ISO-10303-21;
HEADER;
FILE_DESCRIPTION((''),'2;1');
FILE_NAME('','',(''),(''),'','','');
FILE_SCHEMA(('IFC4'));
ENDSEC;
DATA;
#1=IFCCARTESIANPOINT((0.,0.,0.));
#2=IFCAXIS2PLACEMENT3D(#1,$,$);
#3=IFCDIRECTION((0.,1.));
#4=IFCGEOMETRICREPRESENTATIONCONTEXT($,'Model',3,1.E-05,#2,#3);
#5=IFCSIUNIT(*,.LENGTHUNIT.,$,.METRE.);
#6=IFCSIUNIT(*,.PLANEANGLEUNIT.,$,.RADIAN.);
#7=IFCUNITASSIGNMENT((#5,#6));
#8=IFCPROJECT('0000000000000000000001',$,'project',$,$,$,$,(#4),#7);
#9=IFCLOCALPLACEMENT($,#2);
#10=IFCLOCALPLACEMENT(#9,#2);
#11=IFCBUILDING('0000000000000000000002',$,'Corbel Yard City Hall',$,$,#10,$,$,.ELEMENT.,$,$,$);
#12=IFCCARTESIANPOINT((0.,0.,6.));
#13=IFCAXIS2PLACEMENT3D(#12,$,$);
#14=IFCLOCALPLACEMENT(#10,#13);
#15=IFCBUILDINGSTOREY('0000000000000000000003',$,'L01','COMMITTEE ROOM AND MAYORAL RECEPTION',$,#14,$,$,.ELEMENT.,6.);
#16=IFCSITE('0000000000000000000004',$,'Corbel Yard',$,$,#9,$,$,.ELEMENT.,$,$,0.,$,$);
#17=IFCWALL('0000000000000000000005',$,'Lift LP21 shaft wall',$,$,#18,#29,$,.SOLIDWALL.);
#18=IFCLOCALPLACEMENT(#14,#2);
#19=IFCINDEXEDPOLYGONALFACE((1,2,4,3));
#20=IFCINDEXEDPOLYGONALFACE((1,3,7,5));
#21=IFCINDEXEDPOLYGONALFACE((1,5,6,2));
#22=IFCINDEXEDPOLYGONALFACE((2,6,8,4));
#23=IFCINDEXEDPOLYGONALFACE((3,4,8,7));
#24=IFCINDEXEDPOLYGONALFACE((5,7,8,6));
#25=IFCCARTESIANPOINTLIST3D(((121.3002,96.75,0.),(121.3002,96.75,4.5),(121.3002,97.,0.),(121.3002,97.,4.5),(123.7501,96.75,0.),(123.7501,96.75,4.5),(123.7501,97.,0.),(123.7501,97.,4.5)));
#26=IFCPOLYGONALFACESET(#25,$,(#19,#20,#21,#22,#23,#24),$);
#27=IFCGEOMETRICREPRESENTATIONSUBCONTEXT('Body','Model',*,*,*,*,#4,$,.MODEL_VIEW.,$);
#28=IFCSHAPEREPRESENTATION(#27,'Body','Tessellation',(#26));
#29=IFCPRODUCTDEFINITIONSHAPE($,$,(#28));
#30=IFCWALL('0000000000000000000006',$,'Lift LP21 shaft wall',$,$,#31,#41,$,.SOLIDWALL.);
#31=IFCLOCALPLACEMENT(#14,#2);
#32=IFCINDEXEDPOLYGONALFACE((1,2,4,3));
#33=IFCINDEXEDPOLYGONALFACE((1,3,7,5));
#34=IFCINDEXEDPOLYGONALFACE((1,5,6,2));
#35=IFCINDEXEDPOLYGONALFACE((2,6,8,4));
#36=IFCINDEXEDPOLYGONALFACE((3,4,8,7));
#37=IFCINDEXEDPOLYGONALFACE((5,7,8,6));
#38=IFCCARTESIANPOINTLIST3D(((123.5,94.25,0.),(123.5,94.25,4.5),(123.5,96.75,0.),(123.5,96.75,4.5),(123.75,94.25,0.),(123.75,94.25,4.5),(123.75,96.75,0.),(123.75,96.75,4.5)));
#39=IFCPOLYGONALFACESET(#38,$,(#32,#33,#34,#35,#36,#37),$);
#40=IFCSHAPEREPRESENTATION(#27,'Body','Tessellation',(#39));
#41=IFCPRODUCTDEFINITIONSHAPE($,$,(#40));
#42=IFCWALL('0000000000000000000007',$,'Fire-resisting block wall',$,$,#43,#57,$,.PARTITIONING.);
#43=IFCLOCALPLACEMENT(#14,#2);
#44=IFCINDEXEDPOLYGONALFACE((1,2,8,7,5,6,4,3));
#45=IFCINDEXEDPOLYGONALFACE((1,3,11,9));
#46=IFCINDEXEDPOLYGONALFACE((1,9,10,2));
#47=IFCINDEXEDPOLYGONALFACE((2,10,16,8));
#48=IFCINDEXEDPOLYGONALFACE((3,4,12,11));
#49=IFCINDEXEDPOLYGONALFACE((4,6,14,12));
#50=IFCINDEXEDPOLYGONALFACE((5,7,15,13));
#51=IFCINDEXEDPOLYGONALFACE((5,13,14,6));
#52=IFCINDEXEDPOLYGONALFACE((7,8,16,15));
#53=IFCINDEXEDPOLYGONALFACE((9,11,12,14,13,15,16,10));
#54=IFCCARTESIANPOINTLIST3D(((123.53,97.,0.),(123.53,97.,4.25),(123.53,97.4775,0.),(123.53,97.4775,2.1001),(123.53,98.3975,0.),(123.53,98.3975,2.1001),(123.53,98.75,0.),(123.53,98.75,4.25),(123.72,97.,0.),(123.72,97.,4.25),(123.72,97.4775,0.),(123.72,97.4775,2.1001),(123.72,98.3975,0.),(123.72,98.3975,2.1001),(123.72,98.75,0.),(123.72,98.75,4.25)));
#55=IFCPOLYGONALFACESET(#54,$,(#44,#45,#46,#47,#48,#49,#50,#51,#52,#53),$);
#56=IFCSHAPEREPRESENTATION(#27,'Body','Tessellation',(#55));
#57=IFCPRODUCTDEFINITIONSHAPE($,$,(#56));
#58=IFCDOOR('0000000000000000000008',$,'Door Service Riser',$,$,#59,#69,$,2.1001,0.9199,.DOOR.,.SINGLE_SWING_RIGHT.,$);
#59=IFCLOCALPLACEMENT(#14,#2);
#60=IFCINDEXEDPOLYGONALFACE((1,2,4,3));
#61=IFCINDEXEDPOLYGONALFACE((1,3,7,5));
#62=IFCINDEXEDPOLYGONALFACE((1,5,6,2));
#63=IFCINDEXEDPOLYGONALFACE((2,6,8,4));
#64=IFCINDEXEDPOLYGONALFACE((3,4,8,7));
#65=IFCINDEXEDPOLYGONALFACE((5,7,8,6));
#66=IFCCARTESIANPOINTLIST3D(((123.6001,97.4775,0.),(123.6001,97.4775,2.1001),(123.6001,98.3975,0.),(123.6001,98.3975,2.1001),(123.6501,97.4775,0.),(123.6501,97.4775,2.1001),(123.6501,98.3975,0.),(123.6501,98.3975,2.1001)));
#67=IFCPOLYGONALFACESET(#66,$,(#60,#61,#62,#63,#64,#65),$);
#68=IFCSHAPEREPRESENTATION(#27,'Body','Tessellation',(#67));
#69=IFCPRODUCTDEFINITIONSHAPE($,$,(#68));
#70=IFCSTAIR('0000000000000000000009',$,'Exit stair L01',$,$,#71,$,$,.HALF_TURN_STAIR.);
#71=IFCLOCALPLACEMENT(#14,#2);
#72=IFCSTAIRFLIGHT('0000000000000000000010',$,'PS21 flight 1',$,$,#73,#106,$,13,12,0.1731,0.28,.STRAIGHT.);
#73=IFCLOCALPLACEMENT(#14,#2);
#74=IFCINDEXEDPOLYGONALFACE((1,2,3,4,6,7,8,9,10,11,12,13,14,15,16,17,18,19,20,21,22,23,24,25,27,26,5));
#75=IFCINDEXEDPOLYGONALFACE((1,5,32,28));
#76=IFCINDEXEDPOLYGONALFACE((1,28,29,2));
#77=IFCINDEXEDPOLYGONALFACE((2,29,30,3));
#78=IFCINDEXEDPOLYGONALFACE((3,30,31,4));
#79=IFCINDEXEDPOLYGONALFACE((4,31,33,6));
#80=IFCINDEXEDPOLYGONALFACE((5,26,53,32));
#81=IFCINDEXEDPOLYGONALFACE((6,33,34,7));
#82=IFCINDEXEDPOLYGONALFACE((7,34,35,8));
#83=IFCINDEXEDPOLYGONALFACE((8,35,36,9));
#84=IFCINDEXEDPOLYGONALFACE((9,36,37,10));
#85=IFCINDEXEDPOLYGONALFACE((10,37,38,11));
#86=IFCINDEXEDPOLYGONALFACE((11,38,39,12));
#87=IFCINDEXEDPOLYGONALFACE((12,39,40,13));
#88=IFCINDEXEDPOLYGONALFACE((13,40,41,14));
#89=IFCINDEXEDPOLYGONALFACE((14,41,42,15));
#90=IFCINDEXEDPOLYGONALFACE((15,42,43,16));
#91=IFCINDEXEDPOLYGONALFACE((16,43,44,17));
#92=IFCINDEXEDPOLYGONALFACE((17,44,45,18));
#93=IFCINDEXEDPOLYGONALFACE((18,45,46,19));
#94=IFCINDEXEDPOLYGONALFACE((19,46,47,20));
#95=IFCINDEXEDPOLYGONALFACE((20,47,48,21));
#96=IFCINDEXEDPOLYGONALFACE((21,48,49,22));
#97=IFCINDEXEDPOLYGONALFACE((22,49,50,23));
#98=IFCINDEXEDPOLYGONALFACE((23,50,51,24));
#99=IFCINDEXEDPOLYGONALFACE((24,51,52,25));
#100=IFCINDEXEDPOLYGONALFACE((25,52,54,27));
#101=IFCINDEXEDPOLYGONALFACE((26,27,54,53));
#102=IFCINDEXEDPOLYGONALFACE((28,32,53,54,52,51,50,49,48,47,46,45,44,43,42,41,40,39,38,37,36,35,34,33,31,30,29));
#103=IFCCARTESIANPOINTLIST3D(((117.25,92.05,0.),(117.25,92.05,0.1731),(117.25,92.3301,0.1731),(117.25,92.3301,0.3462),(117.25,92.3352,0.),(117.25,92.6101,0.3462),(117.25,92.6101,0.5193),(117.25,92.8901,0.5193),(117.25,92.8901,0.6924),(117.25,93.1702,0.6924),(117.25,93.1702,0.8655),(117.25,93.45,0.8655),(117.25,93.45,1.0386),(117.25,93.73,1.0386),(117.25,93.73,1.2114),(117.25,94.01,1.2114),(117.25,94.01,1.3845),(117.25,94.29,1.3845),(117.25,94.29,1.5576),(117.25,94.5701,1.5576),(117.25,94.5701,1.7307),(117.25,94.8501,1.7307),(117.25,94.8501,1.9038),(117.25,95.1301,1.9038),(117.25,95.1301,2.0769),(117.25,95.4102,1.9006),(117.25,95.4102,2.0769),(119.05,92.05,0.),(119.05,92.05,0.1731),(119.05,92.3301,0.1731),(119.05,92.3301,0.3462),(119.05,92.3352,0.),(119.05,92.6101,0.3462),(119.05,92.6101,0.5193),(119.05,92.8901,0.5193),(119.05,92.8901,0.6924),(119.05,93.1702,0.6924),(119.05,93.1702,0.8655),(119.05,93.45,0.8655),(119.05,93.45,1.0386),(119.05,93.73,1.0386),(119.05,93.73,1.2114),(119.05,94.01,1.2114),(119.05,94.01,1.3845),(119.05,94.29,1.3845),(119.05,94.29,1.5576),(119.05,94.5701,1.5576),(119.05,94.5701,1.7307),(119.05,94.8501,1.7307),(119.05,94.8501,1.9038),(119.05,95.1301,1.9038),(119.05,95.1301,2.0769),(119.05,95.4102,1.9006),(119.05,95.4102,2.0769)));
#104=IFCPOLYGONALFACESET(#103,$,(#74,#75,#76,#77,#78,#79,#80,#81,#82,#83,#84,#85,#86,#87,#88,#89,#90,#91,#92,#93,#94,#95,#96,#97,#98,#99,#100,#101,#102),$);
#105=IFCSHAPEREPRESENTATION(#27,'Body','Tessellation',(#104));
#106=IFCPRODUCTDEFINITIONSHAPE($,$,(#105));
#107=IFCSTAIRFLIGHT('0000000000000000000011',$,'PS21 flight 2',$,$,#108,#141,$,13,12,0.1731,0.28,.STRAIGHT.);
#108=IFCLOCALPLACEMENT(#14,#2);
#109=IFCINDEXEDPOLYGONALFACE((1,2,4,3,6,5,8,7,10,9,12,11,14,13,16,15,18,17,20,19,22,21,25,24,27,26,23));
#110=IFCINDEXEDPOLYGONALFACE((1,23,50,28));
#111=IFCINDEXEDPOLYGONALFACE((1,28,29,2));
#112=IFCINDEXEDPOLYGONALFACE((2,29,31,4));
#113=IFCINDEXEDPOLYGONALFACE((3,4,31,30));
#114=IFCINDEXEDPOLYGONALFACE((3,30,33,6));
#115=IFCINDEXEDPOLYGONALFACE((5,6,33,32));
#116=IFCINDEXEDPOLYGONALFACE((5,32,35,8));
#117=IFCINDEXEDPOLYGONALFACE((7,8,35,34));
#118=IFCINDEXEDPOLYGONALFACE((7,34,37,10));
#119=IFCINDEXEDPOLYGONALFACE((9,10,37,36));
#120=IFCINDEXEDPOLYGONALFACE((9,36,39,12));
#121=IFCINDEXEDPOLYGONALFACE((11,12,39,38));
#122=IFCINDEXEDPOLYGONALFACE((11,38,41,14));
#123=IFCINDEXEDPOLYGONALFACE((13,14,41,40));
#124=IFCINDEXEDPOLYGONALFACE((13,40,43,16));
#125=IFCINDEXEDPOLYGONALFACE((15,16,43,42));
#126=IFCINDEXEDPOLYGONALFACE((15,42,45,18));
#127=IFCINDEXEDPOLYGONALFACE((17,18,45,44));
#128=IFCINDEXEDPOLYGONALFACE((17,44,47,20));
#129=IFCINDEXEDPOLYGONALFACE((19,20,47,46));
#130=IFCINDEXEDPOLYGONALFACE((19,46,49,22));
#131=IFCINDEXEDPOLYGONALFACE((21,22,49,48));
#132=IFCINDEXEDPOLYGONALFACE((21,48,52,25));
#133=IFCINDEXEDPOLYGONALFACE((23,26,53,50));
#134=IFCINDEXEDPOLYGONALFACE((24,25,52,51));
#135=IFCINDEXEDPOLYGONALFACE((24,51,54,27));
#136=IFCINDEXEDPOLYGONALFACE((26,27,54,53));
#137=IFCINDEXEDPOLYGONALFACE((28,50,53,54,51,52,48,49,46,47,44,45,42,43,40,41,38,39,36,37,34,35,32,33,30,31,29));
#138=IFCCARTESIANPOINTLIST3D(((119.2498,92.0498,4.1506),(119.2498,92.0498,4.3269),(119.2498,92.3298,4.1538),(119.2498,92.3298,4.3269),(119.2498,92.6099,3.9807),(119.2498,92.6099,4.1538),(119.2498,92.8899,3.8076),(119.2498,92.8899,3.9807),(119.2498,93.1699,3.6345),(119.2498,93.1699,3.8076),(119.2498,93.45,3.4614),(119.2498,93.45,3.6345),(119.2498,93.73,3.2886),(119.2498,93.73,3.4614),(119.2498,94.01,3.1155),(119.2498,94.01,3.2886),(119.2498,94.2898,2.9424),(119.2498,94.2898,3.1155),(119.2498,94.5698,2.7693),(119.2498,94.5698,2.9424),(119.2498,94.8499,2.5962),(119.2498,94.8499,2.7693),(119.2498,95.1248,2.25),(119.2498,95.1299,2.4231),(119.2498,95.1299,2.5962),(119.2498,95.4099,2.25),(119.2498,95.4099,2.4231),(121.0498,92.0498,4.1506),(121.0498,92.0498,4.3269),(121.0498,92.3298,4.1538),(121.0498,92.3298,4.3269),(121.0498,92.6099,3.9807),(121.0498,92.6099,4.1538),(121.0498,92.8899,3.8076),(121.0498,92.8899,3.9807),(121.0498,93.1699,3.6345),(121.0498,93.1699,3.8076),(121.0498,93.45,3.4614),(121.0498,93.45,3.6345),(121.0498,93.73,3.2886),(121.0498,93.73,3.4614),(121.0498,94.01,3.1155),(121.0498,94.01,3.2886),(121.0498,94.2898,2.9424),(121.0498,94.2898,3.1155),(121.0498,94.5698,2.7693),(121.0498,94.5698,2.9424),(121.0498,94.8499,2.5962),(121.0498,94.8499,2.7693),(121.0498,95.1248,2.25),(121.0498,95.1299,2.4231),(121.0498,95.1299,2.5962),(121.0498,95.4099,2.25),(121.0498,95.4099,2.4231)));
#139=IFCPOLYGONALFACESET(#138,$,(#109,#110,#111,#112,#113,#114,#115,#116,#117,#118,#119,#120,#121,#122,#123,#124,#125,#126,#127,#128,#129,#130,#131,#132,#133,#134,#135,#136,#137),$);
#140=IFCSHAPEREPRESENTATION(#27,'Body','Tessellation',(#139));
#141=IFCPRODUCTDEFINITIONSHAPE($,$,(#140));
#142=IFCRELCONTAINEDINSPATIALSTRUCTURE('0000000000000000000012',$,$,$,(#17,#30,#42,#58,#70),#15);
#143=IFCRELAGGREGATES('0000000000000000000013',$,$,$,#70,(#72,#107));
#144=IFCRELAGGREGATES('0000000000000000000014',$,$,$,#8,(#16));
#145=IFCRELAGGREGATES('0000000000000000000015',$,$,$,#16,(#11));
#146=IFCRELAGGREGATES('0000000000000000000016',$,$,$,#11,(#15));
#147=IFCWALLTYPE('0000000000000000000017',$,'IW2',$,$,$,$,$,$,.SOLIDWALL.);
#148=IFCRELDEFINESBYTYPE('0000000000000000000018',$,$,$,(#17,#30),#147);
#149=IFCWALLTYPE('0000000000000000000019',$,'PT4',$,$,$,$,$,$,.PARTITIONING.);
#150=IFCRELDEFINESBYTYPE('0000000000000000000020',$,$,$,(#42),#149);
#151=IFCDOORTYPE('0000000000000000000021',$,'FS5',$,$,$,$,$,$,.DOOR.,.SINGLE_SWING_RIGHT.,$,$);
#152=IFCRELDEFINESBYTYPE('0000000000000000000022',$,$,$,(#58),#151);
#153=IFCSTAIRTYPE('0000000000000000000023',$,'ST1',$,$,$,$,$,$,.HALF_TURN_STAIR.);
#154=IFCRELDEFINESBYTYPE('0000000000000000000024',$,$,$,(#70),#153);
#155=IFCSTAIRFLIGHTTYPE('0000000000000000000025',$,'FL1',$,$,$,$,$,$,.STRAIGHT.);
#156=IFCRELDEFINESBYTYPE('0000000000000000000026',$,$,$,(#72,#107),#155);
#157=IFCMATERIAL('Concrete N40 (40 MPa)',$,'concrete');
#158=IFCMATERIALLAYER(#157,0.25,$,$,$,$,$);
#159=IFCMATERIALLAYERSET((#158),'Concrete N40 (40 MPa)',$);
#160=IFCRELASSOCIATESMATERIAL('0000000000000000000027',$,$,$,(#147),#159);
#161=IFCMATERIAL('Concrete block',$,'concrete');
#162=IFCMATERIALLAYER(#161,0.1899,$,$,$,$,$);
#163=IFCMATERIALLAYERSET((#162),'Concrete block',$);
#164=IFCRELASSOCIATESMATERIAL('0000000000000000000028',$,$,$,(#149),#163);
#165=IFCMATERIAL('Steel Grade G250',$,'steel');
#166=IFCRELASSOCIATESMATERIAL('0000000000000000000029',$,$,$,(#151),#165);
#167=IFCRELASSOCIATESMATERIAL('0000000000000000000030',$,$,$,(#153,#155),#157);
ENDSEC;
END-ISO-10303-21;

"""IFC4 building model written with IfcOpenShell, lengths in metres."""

from ifc_helpers import new_model, si_unit, direction, frame, frame_2d, origin, place, context, subcontext, project, spatial, polyline, rectangle, outline, extrude, material, layer, layer_set, type_object, element, fill, aggregate, save


model = new_model("IFC4")

# Units and contexts
model_context = context("Model", 3, precision=1e-05, world=origin(), true_north=direction((0.0, 1.0)))
body_context = subcontext(model_context, "Body", "Model", "MODEL_VIEW")
ifc_project = project(units=[si_unit("LENGTHUNIT", "METRE"), si_unit("PLANEANGLEUNIT", "RADIAN")], contexts=[model_context])

# Site, building, storey
site_placement = place(None, origin())
site = spatial("IfcSite", under=ifc_project, at=site_placement, Name="Corbel Yard", CompositionType="ELEMENT", RefElevation=0.0)
building_placement = place(site_placement, origin())
building = spatial("IfcBuilding", under=site, at=building_placement, Name="Corbel Yard City Hall", CompositionType="ELEMENT")
storey_placement = place(building_placement, frame((0.0, 0.0, 6.0)))
storey = spatial("IfcBuildingStorey", under=building, at=storey_placement, Name="L01", Description="COMMITTEE ROOM AND MAYORAL RECEPTION", CompositionType="ELEMENT", Elevation=6.0)

# Shared definitions
ifc_material_1 = material(Name="Steel Grade G250", Category="steel")
ifc_material_2 = material(Name="Concrete N40 (40 MPa)", Category="concrete")
ifc_layer_1 = layer(ifc_material_2, 0.25)
ifc_layer_set_1 = layer_set([ifc_layer_1], Name="Concrete N40 (40 MPa)")
wall_type_1 = type_object("IfcWallType", Name="IW2", PredefinedType="SOLIDWALL", material=ifc_layer_set_1)

# Walls
wall_1_placement = place(storey_placement, frame((121.3, 96.875, 0.0), z_axis=(0.0, 0.0, 1.0), x_axis=(1.0, 0.0, 0.0)))
element("IfcWall", 1, at=wall_1_placement, inside=storey, type_object=wall_type_1, Name="Lift LP21 shaft wall", PredefinedType="SOLIDWALL", context=body_context, shape_type="SweptSolid", body=[
    extrude(rectangle(XDim=2.45, YDim=0.25, at=frame_2d((1.2251, 0.0))), origin(), (0.0, 0.0, 1.0), 4.5),
])
wall_2_placement = place(storey_placement, frame((123.625, 94.25, 0.0), z_axis=(0.0, 0.0, 1.0), x_axis=(0.0, 1.0, 0.0)))
element("IfcWall", 2, at=wall_2_placement, inside=storey, type_object=wall_type_1, Name="Lift LP21 shaft wall", PredefinedType="SOLIDWALL", context=body_context, shape_type="SweptSolid", body=[
    extrude(rectangle(XDim=2.5, YDim=0.25, at=frame_2d((1.25, 0.0))), origin(), (0.0, 0.0, 1.0), 4.5),
])

# Wall, opening, door
ifc_material_3 = material(Name="Concrete block", Category="concrete")
ifc_layer_2 = layer(ifc_material_3, 0.1899)
ifc_layer_set_2 = layer_set([ifc_layer_2], Name="Concrete block")
wall_type_2 = type_object("IfcWallType", Name="PT4", PredefinedType="PARTITIONING", material=ifc_layer_set_2)
wall_3_placement = place(storey_placement, frame((123.625, 97.0, 0.0), z_axis=(0.0, 0.0, 1.0), x_axis=(0.0, 1.0, 0.0)))
wall_3 = element("IfcWall", 3, at=wall_3_placement, inside=storey, type_object=wall_type_2, Name="Fire-resisting block wall", PredefinedType="PARTITIONING", context=body_context, shape_type="SweptSolid", body=[
    extrude(rectangle(XDim=1.75, YDim=0.1899, at=frame_2d((0.875, 0.0))), origin(), (0.0, 0.0, 1.0), 4.25),
])
opening_1_placement = place(wall_3_placement, frame((0.4775, 0.0, 0.0)))
opening_1 = element("IfcOpeningElement", 4, at=opening_1_placement, cuts=wall_3, PredefinedType="OPENING", context=body_context, shape_type="SweptSolid", body=[
    extrude(rectangle(XDim=0.9199, YDim=2.1001, at=frame_2d((0.46, 1.05))), frame((0.0, 0.105, 0.0), z_axis=(0.0, -1.0, 0.0), x_axis=(1.0, 0.0, 0.0)), (0.0, 0.0, 1.0), 0.21),
])
door_type_1 = type_object("IfcDoorType", Name="FS5", OperationType="SINGLE_SWING_RIGHT", PredefinedType="DOOR", material=ifc_material_1)
door_1_placement = place(opening_1_placement, origin())
door_1 = element("IfcDoor", 5, at=door_1_placement, inside=storey, type_object=door_type_1, Name="Door Service Riser", OperationType="SINGLE_SWING_RIGHT", OverallHeight=2.1001, OverallWidth=0.9199, PredefinedType="DOOR", context=body_context, shape_type="SweptSolid", body=[
    extrude(rectangle(XDim=0.9199, YDim=2.1001, at=frame_2d((0.46, 1.05))), frame((0.0, 0.0249, 0.0), z_axis=(0.0, -1.0, 0.0), x_axis=(1.0, 0.0, 0.0)), (0.0, 0.0, 1.0), 0.05),
])
fill(opening_1, door_1)

# Stair, stair flights
stair_type = type_object("IfcStairType", Name="ST1", PredefinedType="HALF_TURN_STAIR", material=ifc_material_2)
stair_placement = place(storey_placement, origin())
stair = element("IfcStair", 6, at=stair_placement, inside=storey, type_object=stair_type, Name="Exit stair L01", PredefinedType="HALF_TURN_STAIR")
stair_flight_type = type_object("IfcStairFlightType", Name="FL1", PredefinedType="STRAIGHT", material=ifc_material_2)
stair_flight_1_placement = place(storey_placement, frame((118.1499, 92.05, 0.0), z_axis=(0.0, 0.0, 1.0), x_axis=(0.0, 1.0, 0.0)))
stair_flight_1 = element("IfcStairFlight", 7, at=stair_flight_1_placement, type_object=stair_flight_type, Name="PS21 flight 1", NumberOfRisers=13, NumberOfTreads=12, PredefinedType="STRAIGHT", RiserHeight=0.1731, TreadLength=0.28, context=body_context, shape_type="SweptSolid", body=[
    extrude(outline(polyline([(0.0, 0.0), (0.0, 0.1731), (0.28, 0.1731), (0.28, 0.3462), (0.5601, 0.3462), (0.5601, 0.5193), (0.8401, 0.5193), (0.8401, 0.6924), (1.1201, 0.6924), (1.1201, 0.8655), (1.3999, 0.8655), (1.3999, 1.0386), (1.6799, 1.0386), (1.6799, 1.2114), (1.96, 1.2114), (1.96, 1.3845), (2.24, 1.3845), (2.24, 1.5576), (2.52, 1.5576), (2.52, 1.7307), (2.8, 1.7307), (2.8, 1.9038), (3.0801, 1.9038), (3.0801, 2.0769), (3.3601, 2.0769), (3.3601, 2.25), (3.3601, 1.9006), (0.2852, 0.0), (0.0, 0.0)])), frame((0.0, 0.8999, 0.0), z_axis=(0.0, -1.0, 0.0), x_axis=(1.0, 0.0, 0.0)), (0.0, 0.0, 1.0), 1.8),
])
stair_flight_2_placement = place(storey_placement, frame((120.1499, 95.4099, 2.25), z_axis=(0.0, 0.0, 1.0), x_axis=(0.0, -1.0, 0.0)))
stair_flight_2 = element("IfcStairFlight", 8, at=stair_flight_2_placement, type_object=stair_flight_type, Name="PS21 flight 2", NumberOfRisers=13, NumberOfTreads=12, PredefinedType="STRAIGHT", RiserHeight=0.1731, TreadLength=0.28, context=body_context, shape_type="SweptSolid", body=[
    extrude(outline(polyline([(0.0, 0.0), (0.0, 0.1731), (0.28, 0.1731), (0.28, 0.3462), (0.5601, 0.3462), (0.5601, 0.5193), (0.8401, 0.5193), (0.8401, 0.6924), (1.1201, 0.6924), (1.1201, 0.8655), (1.3999, 0.8655), (1.3999, 1.0386), (1.6799, 1.0386), (1.6799, 1.2114), (1.96, 1.2114), (1.96, 1.3845), (2.24, 1.3845), (2.24, 1.5576), (2.52, 1.5576), (2.52, 1.7307), (2.8, 1.7307), (2.8, 1.9038), (3.0801, 1.9038), (3.0801, 2.0769), (3.3601, 2.0769), (3.3601, 2.25), (3.3601, 1.9006), (0.2852, 0.0), (0.0, 0.0)])), frame((0.0, 0.8999, 0.0), z_axis=(0.0, -1.0, 0.0), x_axis=(1.0, 0.0, 0.0)), (0.0, 0.0, 1.0), 1.8),
])
aggregate(stair, [stair_flight_1, stair_flight_2])

save(model, "model.ifc")
